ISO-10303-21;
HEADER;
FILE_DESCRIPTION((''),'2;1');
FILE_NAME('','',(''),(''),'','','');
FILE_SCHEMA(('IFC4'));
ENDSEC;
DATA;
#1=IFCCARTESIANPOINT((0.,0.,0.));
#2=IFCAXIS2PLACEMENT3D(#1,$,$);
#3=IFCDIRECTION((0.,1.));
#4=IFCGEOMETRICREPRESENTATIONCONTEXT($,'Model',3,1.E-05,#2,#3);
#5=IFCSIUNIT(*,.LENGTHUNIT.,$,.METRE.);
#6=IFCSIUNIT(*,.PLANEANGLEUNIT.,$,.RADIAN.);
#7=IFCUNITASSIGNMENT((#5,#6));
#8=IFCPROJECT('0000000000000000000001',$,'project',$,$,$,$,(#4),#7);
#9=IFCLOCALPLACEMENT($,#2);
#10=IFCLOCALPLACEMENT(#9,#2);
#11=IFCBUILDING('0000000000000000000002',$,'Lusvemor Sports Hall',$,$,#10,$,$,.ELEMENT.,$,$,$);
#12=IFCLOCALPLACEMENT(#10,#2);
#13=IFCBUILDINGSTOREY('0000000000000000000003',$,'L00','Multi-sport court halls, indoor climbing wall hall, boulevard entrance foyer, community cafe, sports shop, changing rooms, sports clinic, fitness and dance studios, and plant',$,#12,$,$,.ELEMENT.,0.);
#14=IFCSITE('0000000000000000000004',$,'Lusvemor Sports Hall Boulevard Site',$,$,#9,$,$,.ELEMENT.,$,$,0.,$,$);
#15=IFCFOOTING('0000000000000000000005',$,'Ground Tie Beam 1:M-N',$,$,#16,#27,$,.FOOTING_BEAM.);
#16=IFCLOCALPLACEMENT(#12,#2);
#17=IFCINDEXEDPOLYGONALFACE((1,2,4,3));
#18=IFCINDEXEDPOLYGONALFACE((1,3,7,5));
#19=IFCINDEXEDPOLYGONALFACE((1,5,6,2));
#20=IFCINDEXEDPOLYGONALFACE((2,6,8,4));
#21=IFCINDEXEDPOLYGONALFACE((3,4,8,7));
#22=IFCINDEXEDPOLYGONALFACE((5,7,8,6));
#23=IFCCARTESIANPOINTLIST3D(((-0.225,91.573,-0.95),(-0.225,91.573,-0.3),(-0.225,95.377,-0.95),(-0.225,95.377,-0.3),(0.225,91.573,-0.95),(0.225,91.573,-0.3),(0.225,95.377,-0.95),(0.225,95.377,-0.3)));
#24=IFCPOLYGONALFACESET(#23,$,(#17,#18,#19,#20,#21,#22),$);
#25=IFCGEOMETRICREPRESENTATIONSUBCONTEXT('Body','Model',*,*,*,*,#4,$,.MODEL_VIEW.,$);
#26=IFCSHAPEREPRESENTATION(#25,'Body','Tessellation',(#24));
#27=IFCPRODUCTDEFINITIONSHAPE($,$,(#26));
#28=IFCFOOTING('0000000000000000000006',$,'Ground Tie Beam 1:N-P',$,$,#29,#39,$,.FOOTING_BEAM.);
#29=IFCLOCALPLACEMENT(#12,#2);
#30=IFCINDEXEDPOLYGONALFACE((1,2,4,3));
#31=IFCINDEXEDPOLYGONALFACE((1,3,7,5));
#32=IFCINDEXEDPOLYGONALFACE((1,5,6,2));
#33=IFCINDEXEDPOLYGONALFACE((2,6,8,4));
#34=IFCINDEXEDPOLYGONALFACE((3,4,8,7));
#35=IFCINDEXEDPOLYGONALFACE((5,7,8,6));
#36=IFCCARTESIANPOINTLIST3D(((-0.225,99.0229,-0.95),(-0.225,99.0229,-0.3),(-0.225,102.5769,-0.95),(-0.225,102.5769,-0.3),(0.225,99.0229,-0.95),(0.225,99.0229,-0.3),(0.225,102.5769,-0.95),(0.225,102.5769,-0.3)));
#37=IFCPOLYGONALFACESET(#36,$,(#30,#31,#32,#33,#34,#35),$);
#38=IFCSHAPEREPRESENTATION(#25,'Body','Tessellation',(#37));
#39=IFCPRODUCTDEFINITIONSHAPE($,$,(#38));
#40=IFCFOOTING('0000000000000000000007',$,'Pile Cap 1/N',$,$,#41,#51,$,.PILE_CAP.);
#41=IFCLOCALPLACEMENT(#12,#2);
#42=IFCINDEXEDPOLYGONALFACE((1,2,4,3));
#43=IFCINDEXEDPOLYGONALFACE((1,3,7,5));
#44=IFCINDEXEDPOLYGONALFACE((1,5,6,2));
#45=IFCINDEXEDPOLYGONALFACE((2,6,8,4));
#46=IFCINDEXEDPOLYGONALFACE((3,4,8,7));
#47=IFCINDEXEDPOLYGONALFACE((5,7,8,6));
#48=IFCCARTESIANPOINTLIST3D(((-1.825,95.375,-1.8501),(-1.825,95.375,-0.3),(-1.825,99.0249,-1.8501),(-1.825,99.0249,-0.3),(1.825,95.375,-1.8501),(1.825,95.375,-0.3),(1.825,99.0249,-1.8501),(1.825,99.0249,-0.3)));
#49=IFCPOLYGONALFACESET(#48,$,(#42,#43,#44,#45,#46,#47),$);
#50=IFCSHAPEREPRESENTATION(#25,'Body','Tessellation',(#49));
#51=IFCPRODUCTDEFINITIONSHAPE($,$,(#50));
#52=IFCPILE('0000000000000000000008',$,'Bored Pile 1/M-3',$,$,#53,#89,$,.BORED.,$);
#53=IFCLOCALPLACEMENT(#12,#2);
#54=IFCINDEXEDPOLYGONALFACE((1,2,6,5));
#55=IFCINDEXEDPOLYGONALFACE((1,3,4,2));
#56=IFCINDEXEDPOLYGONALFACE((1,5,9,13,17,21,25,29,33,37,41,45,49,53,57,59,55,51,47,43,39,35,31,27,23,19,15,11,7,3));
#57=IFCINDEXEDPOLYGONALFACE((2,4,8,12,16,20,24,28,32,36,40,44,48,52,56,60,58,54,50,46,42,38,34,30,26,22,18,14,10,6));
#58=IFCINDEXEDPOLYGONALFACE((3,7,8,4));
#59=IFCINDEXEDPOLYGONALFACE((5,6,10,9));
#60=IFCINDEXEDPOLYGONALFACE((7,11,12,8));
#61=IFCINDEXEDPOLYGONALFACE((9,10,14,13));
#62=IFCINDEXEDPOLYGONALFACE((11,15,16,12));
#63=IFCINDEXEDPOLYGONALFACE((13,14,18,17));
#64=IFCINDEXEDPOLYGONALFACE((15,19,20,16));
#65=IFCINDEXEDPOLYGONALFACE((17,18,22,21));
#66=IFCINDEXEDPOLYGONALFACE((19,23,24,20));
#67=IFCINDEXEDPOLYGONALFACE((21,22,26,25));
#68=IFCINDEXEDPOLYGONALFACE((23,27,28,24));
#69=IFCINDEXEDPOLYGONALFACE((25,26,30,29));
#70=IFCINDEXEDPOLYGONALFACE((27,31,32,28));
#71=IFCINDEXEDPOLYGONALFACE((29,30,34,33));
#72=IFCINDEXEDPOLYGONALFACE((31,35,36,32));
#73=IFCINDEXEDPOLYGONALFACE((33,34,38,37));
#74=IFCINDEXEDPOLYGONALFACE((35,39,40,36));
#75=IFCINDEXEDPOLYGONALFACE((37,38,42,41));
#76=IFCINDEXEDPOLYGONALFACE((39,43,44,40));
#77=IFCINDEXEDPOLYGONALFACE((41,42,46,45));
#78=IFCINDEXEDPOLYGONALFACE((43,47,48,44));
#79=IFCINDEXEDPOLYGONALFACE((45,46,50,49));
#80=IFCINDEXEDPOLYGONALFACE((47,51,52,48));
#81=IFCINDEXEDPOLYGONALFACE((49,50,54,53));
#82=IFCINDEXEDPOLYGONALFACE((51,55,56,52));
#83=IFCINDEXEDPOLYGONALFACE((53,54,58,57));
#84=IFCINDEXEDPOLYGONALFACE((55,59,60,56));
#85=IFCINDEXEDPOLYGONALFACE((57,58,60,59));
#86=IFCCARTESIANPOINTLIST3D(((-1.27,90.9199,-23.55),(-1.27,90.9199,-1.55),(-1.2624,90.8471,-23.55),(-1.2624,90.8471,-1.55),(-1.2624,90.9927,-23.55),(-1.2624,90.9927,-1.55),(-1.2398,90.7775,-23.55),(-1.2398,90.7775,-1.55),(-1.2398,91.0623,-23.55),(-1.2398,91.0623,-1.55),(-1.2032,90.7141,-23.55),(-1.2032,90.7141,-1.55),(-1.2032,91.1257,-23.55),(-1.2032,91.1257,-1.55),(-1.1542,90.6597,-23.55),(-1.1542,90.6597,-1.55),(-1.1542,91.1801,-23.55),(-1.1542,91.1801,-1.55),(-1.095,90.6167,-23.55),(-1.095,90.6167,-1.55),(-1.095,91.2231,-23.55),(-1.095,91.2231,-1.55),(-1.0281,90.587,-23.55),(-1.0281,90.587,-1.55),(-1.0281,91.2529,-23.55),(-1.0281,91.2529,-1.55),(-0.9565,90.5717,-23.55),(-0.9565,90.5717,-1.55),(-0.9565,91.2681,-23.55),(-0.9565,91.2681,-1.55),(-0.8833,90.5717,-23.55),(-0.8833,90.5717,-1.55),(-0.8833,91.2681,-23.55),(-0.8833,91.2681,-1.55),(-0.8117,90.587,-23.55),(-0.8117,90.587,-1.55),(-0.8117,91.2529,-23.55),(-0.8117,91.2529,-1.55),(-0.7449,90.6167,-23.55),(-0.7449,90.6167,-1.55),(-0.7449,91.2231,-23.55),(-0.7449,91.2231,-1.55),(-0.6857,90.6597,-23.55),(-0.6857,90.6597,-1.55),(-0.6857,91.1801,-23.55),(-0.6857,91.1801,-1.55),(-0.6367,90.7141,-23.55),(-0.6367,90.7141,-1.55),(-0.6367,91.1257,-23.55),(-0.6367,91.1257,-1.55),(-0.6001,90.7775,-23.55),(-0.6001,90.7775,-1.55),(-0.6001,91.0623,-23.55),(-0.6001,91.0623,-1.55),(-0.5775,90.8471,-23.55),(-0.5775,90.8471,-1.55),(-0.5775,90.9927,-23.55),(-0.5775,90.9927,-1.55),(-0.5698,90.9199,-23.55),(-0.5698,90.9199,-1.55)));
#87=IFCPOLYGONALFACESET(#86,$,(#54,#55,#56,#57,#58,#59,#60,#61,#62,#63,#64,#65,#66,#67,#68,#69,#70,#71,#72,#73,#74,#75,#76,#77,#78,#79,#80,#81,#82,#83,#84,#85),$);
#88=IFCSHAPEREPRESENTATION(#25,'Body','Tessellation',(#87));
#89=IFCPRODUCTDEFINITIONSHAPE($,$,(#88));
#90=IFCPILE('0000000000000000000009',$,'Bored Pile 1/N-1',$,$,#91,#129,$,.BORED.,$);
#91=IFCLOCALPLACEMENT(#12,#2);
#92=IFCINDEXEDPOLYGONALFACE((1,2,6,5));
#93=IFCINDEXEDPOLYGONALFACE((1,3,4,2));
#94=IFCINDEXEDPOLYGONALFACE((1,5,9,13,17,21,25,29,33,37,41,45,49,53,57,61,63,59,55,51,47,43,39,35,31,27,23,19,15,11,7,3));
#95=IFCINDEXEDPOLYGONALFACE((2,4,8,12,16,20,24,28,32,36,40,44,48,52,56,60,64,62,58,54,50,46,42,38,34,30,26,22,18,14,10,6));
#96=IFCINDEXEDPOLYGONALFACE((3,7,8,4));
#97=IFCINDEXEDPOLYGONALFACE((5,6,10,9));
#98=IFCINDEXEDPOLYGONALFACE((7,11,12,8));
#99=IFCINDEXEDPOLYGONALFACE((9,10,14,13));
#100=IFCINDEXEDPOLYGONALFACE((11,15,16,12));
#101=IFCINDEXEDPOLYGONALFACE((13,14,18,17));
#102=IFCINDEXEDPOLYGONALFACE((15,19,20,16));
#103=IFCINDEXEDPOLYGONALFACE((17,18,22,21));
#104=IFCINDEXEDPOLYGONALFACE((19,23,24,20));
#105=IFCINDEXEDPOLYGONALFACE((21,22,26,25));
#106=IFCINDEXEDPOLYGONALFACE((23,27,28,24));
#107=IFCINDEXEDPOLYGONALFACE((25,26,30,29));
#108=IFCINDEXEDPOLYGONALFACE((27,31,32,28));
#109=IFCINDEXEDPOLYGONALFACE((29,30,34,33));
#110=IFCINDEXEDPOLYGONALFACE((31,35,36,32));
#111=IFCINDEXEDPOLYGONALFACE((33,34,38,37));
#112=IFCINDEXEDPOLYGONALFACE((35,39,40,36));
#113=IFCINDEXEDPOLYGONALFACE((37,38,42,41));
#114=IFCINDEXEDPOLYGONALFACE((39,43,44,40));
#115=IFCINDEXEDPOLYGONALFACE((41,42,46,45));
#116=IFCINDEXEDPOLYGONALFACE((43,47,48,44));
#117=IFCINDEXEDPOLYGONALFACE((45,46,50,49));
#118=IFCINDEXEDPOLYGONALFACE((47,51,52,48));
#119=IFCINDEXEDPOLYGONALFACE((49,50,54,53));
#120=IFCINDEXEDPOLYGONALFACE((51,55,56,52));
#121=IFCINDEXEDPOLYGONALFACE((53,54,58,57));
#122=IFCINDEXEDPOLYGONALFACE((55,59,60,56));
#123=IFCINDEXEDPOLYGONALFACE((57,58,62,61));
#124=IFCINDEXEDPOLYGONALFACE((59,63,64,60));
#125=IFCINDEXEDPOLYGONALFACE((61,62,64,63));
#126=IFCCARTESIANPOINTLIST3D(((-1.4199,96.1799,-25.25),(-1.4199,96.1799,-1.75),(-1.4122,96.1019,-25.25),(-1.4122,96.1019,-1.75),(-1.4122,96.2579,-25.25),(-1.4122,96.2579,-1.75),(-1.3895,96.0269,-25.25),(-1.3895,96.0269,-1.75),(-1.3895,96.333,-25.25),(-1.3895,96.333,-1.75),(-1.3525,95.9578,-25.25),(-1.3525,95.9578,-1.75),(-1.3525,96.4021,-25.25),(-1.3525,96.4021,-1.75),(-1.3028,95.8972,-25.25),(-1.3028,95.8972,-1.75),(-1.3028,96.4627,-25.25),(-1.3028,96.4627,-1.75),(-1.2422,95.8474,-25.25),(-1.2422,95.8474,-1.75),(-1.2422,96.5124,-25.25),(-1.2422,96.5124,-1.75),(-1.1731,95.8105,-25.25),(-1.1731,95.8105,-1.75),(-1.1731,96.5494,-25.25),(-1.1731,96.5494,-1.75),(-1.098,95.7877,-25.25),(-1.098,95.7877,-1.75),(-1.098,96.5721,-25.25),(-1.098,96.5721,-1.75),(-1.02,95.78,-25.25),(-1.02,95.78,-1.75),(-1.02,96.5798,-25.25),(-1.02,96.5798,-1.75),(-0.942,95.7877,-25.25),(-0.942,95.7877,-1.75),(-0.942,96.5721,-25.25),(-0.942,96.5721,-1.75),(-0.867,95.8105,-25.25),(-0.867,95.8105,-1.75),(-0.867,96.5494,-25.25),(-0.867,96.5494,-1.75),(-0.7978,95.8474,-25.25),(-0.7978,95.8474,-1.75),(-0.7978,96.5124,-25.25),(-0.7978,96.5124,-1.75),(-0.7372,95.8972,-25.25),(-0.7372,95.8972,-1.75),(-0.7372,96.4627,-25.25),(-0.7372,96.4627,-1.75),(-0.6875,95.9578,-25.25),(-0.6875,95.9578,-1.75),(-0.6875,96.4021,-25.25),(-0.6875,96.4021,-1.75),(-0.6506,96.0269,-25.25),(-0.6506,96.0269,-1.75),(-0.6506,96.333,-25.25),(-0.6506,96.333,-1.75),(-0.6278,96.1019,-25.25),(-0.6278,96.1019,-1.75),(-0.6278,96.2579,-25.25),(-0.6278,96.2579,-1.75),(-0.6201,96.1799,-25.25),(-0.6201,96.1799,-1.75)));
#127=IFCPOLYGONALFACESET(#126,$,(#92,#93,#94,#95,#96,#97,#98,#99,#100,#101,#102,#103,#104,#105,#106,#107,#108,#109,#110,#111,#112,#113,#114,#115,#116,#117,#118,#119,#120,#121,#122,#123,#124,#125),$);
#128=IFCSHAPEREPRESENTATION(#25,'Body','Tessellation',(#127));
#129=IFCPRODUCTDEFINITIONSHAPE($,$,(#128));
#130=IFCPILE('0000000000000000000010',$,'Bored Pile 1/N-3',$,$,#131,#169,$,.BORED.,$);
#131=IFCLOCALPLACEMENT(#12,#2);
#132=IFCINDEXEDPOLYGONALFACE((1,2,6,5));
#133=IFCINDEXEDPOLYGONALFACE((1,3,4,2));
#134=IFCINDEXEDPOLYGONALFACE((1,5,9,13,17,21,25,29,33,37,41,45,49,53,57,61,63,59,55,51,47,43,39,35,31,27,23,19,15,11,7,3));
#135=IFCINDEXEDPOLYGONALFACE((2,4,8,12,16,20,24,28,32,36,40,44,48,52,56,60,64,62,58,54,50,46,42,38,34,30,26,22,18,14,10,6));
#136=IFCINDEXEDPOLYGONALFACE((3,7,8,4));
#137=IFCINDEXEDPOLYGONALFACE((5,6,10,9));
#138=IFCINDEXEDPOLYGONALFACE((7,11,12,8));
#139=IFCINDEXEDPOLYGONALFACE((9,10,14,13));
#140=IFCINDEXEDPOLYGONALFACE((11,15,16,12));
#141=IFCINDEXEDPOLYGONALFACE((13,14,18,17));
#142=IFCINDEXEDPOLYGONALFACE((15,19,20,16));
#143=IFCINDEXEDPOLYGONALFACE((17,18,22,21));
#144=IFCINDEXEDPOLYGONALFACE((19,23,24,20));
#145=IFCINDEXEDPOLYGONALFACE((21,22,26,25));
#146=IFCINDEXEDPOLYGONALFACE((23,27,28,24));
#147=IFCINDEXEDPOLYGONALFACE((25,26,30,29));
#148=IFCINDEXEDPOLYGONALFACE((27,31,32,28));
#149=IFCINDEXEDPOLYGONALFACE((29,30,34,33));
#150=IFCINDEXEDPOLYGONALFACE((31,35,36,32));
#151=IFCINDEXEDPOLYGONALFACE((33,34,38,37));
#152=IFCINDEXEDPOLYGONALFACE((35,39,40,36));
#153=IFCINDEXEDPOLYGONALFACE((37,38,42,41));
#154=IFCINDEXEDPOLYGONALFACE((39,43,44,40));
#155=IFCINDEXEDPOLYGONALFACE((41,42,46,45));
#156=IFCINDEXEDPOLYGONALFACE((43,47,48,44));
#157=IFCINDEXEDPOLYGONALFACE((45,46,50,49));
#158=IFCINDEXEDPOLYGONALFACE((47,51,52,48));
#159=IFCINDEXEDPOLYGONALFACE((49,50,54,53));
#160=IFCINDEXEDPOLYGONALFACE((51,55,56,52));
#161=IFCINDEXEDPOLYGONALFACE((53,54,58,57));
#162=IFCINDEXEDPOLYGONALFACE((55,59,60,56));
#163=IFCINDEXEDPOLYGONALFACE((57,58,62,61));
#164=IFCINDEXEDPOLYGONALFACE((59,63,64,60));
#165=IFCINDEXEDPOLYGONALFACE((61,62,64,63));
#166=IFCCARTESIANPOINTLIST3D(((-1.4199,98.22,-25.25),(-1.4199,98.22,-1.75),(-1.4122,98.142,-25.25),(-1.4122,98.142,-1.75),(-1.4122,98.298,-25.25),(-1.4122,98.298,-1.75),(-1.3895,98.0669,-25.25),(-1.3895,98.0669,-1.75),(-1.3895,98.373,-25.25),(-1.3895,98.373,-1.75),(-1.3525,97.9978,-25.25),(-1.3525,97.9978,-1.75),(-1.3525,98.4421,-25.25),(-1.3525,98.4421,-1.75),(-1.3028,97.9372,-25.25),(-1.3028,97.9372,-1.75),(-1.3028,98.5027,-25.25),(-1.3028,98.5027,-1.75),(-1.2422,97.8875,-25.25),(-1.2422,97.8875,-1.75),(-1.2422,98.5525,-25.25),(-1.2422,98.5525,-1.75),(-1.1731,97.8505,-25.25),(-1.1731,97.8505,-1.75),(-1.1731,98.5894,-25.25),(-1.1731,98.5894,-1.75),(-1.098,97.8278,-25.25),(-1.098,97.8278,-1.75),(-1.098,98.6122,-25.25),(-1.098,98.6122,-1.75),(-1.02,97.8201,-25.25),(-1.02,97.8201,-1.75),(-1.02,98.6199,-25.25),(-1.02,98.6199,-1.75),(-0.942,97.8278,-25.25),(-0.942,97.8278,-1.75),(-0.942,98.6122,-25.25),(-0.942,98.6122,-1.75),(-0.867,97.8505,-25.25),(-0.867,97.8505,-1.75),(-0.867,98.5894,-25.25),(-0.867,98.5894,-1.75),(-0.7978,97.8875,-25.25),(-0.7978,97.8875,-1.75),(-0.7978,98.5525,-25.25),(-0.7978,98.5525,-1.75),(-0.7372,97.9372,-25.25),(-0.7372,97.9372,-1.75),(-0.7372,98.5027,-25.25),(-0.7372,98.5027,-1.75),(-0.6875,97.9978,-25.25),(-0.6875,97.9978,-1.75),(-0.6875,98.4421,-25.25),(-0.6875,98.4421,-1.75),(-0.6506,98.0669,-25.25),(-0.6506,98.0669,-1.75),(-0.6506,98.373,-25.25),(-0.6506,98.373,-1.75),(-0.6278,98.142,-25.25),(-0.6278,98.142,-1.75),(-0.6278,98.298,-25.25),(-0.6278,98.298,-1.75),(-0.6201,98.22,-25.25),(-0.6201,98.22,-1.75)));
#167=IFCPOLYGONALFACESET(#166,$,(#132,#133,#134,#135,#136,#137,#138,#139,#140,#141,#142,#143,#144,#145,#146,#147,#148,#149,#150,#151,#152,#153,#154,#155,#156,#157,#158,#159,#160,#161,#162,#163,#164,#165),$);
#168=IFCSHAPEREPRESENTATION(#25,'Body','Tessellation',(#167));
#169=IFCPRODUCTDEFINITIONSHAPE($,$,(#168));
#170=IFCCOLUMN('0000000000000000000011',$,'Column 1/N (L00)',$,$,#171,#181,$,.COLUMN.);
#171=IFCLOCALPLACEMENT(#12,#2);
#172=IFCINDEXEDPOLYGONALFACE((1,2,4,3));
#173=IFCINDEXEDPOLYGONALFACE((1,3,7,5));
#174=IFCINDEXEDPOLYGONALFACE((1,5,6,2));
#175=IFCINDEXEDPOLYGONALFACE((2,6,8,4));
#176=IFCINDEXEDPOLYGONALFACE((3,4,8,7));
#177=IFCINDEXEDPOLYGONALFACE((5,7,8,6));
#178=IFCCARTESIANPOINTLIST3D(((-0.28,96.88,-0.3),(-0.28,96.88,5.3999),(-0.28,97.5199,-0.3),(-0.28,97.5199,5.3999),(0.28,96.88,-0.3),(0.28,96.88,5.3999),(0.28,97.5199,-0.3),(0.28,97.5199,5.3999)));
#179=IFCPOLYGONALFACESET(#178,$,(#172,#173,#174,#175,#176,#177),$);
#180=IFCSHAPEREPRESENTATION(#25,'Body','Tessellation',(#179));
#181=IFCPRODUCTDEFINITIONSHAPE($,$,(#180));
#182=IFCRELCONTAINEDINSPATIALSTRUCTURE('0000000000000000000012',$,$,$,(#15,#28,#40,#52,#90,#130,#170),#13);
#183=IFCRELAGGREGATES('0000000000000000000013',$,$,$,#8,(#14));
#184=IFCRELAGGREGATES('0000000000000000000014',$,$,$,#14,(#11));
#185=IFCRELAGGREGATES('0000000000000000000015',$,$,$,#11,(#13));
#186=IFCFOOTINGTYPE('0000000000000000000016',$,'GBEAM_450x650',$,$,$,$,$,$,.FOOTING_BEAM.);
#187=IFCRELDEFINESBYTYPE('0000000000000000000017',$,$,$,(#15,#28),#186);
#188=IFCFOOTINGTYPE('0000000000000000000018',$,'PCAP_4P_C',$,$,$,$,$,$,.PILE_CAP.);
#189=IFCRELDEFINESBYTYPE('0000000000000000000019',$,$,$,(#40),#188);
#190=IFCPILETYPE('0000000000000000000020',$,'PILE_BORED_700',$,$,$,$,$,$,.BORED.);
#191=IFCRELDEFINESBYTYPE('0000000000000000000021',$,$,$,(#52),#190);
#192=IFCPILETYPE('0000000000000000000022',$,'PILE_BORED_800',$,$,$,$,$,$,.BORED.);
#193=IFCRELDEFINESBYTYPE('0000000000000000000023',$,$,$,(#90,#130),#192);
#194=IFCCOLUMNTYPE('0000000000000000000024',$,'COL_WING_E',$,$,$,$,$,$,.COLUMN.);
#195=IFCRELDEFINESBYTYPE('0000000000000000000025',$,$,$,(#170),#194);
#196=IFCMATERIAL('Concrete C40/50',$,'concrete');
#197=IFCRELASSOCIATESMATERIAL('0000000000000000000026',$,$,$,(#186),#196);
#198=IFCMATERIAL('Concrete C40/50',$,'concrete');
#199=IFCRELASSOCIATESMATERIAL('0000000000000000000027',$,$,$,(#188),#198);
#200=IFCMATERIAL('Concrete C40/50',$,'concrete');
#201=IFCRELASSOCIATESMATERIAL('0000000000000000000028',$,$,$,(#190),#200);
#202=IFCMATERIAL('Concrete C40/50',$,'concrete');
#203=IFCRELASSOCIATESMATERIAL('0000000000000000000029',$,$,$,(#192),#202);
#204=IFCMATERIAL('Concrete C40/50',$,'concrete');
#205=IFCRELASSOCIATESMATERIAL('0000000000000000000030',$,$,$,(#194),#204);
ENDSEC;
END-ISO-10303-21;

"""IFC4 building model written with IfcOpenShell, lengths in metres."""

from ifc_helpers import new_model, si_unit, direction, frame, origin, origin_2d, place, context, subcontext, project, spatial, rectangle, circle, extrude, material, material_profile, profile_set, type_object, element, save


model = new_model("IFC4")

# Units and contexts
model_context = context("Model", 3, precision=1e-05, world=origin(), true_north=direction((0.0, 1.0)))
body_context = subcontext(model_context, "Body", "Model", "MODEL_VIEW")
ifc_project = project(units=[si_unit("LENGTHUNIT", "METRE"), si_unit("PLANEANGLEUNIT", "RADIAN")], contexts=[model_context])

# Site, building, storey
site_placement = place(None, origin())
site = spatial("IfcSite", under=ifc_project, at=site_placement, Name="Lusvemor Sports Hall Boulevard Site", CompositionType="ELEMENT", RefElevation=0.0)
building_placement = place(site_placement, origin())
building = spatial("IfcBuilding", under=site, at=building_placement, Name="Lusvemor Sports Hall", CompositionType="ELEMENT")
storey_placement = place(building_placement, origin())
storey = spatial("IfcBuildingStorey", under=building, at=storey_placement, Name="L00", Description="Multi-sport court halls, indoor climbing wall hall, boulevard entrance foyer, community cafe, sports shop, changing rooms, sports clinic, fitness and dance studios, and plant", CompositionType="ELEMENT", Elevation=0.0)

# Footings
ifc_material_1 = material(Name="Concrete C40/50", Category="concrete")
ifc_material_profile_1 = material_profile(ifc_material_1, rectangle(XDim=0.45, YDim=0.6499, at=origin_2d()), Name="GB_450x650")
ifc_profile_set_1 = profile_set([ifc_material_profile_1], Name="Concrete C40/50")
footing_type_1 = type_object("IfcFootingType", Name="GBEAM_450x650", PredefinedType="FOOTING_BEAM", material=ifc_profile_set_1)
footing_1_placement = place(storey_placement, frame((0.0, 91.573, -0.625), z_axis=(0.0, 1.0, 0.0), x_axis=(-1.0, 0.0, 0.0)))
element("IfcFooting", 1, at=footing_1_placement, inside=storey, type_object=footing_type_1, Name="Ground Tie Beam 1:M-N", PredefinedType="FOOTING_BEAM", context=body_context, shape_type="SweptSolid", body=[
    extrude(rectangle(XDim=0.45, YDim=0.6499, at=origin_2d()), origin(), (0.0, 0.0, 1.0), 3.804),
])
footing_2_placement = place(storey_placement, frame((0.0, 99.0229, -0.625), z_axis=(0.0, 1.0, 0.0), x_axis=(-1.0, 0.0, 0.0)))
element("IfcFooting", 2, at=footing_2_placement, inside=storey, type_object=footing_type_1, Name="Ground Tie Beam 1:N-P", PredefinedType="FOOTING_BEAM", context=body_context, shape_type="SweptSolid", body=[
    extrude(rectangle(XDim=0.45, YDim=0.6499, at=origin_2d()), origin(), (0.0, 0.0, 1.0), 3.554),
])
ifc_material_2 = material(Name="Concrete C40/50", Category="concrete")
footing_type_2 = type_object("IfcFootingType", Name="PCAP_4P_C", PredefinedType="PILE_CAP", material=ifc_material_2)
footing_3_placement = place(storey_placement, frame((0.0, 97.2, -1.8501), z_axis=(0.0, 0.0, 1.0), x_axis=(1.0, 0.0, 0.0)))
element("IfcFooting", 3, at=footing_3_placement, inside=storey, type_object=footing_type_2, Name="Pile Cap 1/N", PredefinedType="PILE_CAP", context=body_context, shape_type="SweptSolid", body=[
    extrude(rectangle(XDim=3.6499, YDim=3.6499, at=origin_2d()), origin(), (0.0, 0.0, 1.0), 1.55),
])

# Piles
ifc_material_3 = material(Name="Concrete C40/50", Category="concrete")
ifc_material_profile_2 = material_profile(ifc_material_3, circle(Radius=0.3501, at=origin_2d()), Name="PILE700")
ifc_profile_set_2 = profile_set([ifc_material_profile_2], Name="Concrete C40/50")
pile_type_1 = type_object("IfcPileType", Name="PILE_BORED_700", PredefinedType="BORED", material=ifc_profile_set_2)
pile_placement = place(storey_placement, frame((-0.9199, 90.9199, -1.55), z_axis=(0.0, 0.0, -1.0), x_axis=(1.0, 0.0, 0.0)))
element("IfcPile", 4, at=pile_placement, inside=storey, type_object=pile_type_1, Name="Bored Pile 1/M-3", PredefinedType="BORED", context=body_context, shape_type="SweptSolid", body=[
    extrude(circle(Radius=0.3501, at=origin_2d()), origin(), (0.0, 0.0, 1.0), 22.0),
])
ifc_material_4 = material(Name="Concrete C40/50", Category="concrete")
ifc_material_profile_3 = material_profile(ifc_material_4, circle(Radius=0.3999, at=origin_2d()), Name="PILE800")
ifc_profile_set_3 = profile_set([ifc_material_profile_3], Name="Concrete C40/50")
pile_type_2 = type_object("IfcPileType", Name="PILE_BORED_800", PredefinedType="BORED", material=ifc_profile_set_3)
for number, where, z_axis, x_axis, name in (
    (5, (-1.02, 96.1799, -1.75), (0.0, 0.0, -1.0), (1.0, 0.0, 0.0), "Bored Pile 1/N-1"),
    (6, (-1.02, 98.22, -1.75), (0.0, 0.0, -1.0), (1.0, 0.0, 0.0), "Bored Pile 1/N-3"),
):
    element("IfcPile", number, at=place(storey_placement, frame(where, z_axis=z_axis, x_axis=x_axis)), inside=storey, type_object=pile_type_2, Name=name, PredefinedType="BORED", context=body_context, shape_type="SweptSolid", body=[
        extrude(circle(Radius=0.3999, at=origin_2d()), origin(), (0.0, 0.0, 1.0), 23.5),
    ])

# Column
ifc_material_5 = material(Name="Concrete C40/50", Category="concrete")
ifc_material_profile_4 = material_profile(ifc_material_5, rectangle(XDim=0.5601, YDim=0.6399, at=origin_2d()), Name="RC560x640")
ifc_profile_set_4 = profile_set([ifc_material_profile_4], Name="Concrete C40/50")
column_type = type_object("IfcColumnType", Name="COL_WING_E", PredefinedType="COLUMN", material=ifc_profile_set_4)
column_placement = place(storey_placement, frame((0.0, 97.2, -0.3), z_axis=(0.0, 0.0, 1.0), x_axis=(1.0, 0.0, 0.0)))
element("IfcColumn", 7, at=column_placement, inside=storey, type_object=column_type, Name="Column 1/N (L00)", PredefinedType="COLUMN", context=body_context, shape_type="SweptSolid", body=[
    extrude(rectangle(XDim=0.5601, YDim=0.6399, at=origin_2d()), origin(), (0.0, 0.0, 1.0), 5.7),
])

save(model, "model.ifc")
